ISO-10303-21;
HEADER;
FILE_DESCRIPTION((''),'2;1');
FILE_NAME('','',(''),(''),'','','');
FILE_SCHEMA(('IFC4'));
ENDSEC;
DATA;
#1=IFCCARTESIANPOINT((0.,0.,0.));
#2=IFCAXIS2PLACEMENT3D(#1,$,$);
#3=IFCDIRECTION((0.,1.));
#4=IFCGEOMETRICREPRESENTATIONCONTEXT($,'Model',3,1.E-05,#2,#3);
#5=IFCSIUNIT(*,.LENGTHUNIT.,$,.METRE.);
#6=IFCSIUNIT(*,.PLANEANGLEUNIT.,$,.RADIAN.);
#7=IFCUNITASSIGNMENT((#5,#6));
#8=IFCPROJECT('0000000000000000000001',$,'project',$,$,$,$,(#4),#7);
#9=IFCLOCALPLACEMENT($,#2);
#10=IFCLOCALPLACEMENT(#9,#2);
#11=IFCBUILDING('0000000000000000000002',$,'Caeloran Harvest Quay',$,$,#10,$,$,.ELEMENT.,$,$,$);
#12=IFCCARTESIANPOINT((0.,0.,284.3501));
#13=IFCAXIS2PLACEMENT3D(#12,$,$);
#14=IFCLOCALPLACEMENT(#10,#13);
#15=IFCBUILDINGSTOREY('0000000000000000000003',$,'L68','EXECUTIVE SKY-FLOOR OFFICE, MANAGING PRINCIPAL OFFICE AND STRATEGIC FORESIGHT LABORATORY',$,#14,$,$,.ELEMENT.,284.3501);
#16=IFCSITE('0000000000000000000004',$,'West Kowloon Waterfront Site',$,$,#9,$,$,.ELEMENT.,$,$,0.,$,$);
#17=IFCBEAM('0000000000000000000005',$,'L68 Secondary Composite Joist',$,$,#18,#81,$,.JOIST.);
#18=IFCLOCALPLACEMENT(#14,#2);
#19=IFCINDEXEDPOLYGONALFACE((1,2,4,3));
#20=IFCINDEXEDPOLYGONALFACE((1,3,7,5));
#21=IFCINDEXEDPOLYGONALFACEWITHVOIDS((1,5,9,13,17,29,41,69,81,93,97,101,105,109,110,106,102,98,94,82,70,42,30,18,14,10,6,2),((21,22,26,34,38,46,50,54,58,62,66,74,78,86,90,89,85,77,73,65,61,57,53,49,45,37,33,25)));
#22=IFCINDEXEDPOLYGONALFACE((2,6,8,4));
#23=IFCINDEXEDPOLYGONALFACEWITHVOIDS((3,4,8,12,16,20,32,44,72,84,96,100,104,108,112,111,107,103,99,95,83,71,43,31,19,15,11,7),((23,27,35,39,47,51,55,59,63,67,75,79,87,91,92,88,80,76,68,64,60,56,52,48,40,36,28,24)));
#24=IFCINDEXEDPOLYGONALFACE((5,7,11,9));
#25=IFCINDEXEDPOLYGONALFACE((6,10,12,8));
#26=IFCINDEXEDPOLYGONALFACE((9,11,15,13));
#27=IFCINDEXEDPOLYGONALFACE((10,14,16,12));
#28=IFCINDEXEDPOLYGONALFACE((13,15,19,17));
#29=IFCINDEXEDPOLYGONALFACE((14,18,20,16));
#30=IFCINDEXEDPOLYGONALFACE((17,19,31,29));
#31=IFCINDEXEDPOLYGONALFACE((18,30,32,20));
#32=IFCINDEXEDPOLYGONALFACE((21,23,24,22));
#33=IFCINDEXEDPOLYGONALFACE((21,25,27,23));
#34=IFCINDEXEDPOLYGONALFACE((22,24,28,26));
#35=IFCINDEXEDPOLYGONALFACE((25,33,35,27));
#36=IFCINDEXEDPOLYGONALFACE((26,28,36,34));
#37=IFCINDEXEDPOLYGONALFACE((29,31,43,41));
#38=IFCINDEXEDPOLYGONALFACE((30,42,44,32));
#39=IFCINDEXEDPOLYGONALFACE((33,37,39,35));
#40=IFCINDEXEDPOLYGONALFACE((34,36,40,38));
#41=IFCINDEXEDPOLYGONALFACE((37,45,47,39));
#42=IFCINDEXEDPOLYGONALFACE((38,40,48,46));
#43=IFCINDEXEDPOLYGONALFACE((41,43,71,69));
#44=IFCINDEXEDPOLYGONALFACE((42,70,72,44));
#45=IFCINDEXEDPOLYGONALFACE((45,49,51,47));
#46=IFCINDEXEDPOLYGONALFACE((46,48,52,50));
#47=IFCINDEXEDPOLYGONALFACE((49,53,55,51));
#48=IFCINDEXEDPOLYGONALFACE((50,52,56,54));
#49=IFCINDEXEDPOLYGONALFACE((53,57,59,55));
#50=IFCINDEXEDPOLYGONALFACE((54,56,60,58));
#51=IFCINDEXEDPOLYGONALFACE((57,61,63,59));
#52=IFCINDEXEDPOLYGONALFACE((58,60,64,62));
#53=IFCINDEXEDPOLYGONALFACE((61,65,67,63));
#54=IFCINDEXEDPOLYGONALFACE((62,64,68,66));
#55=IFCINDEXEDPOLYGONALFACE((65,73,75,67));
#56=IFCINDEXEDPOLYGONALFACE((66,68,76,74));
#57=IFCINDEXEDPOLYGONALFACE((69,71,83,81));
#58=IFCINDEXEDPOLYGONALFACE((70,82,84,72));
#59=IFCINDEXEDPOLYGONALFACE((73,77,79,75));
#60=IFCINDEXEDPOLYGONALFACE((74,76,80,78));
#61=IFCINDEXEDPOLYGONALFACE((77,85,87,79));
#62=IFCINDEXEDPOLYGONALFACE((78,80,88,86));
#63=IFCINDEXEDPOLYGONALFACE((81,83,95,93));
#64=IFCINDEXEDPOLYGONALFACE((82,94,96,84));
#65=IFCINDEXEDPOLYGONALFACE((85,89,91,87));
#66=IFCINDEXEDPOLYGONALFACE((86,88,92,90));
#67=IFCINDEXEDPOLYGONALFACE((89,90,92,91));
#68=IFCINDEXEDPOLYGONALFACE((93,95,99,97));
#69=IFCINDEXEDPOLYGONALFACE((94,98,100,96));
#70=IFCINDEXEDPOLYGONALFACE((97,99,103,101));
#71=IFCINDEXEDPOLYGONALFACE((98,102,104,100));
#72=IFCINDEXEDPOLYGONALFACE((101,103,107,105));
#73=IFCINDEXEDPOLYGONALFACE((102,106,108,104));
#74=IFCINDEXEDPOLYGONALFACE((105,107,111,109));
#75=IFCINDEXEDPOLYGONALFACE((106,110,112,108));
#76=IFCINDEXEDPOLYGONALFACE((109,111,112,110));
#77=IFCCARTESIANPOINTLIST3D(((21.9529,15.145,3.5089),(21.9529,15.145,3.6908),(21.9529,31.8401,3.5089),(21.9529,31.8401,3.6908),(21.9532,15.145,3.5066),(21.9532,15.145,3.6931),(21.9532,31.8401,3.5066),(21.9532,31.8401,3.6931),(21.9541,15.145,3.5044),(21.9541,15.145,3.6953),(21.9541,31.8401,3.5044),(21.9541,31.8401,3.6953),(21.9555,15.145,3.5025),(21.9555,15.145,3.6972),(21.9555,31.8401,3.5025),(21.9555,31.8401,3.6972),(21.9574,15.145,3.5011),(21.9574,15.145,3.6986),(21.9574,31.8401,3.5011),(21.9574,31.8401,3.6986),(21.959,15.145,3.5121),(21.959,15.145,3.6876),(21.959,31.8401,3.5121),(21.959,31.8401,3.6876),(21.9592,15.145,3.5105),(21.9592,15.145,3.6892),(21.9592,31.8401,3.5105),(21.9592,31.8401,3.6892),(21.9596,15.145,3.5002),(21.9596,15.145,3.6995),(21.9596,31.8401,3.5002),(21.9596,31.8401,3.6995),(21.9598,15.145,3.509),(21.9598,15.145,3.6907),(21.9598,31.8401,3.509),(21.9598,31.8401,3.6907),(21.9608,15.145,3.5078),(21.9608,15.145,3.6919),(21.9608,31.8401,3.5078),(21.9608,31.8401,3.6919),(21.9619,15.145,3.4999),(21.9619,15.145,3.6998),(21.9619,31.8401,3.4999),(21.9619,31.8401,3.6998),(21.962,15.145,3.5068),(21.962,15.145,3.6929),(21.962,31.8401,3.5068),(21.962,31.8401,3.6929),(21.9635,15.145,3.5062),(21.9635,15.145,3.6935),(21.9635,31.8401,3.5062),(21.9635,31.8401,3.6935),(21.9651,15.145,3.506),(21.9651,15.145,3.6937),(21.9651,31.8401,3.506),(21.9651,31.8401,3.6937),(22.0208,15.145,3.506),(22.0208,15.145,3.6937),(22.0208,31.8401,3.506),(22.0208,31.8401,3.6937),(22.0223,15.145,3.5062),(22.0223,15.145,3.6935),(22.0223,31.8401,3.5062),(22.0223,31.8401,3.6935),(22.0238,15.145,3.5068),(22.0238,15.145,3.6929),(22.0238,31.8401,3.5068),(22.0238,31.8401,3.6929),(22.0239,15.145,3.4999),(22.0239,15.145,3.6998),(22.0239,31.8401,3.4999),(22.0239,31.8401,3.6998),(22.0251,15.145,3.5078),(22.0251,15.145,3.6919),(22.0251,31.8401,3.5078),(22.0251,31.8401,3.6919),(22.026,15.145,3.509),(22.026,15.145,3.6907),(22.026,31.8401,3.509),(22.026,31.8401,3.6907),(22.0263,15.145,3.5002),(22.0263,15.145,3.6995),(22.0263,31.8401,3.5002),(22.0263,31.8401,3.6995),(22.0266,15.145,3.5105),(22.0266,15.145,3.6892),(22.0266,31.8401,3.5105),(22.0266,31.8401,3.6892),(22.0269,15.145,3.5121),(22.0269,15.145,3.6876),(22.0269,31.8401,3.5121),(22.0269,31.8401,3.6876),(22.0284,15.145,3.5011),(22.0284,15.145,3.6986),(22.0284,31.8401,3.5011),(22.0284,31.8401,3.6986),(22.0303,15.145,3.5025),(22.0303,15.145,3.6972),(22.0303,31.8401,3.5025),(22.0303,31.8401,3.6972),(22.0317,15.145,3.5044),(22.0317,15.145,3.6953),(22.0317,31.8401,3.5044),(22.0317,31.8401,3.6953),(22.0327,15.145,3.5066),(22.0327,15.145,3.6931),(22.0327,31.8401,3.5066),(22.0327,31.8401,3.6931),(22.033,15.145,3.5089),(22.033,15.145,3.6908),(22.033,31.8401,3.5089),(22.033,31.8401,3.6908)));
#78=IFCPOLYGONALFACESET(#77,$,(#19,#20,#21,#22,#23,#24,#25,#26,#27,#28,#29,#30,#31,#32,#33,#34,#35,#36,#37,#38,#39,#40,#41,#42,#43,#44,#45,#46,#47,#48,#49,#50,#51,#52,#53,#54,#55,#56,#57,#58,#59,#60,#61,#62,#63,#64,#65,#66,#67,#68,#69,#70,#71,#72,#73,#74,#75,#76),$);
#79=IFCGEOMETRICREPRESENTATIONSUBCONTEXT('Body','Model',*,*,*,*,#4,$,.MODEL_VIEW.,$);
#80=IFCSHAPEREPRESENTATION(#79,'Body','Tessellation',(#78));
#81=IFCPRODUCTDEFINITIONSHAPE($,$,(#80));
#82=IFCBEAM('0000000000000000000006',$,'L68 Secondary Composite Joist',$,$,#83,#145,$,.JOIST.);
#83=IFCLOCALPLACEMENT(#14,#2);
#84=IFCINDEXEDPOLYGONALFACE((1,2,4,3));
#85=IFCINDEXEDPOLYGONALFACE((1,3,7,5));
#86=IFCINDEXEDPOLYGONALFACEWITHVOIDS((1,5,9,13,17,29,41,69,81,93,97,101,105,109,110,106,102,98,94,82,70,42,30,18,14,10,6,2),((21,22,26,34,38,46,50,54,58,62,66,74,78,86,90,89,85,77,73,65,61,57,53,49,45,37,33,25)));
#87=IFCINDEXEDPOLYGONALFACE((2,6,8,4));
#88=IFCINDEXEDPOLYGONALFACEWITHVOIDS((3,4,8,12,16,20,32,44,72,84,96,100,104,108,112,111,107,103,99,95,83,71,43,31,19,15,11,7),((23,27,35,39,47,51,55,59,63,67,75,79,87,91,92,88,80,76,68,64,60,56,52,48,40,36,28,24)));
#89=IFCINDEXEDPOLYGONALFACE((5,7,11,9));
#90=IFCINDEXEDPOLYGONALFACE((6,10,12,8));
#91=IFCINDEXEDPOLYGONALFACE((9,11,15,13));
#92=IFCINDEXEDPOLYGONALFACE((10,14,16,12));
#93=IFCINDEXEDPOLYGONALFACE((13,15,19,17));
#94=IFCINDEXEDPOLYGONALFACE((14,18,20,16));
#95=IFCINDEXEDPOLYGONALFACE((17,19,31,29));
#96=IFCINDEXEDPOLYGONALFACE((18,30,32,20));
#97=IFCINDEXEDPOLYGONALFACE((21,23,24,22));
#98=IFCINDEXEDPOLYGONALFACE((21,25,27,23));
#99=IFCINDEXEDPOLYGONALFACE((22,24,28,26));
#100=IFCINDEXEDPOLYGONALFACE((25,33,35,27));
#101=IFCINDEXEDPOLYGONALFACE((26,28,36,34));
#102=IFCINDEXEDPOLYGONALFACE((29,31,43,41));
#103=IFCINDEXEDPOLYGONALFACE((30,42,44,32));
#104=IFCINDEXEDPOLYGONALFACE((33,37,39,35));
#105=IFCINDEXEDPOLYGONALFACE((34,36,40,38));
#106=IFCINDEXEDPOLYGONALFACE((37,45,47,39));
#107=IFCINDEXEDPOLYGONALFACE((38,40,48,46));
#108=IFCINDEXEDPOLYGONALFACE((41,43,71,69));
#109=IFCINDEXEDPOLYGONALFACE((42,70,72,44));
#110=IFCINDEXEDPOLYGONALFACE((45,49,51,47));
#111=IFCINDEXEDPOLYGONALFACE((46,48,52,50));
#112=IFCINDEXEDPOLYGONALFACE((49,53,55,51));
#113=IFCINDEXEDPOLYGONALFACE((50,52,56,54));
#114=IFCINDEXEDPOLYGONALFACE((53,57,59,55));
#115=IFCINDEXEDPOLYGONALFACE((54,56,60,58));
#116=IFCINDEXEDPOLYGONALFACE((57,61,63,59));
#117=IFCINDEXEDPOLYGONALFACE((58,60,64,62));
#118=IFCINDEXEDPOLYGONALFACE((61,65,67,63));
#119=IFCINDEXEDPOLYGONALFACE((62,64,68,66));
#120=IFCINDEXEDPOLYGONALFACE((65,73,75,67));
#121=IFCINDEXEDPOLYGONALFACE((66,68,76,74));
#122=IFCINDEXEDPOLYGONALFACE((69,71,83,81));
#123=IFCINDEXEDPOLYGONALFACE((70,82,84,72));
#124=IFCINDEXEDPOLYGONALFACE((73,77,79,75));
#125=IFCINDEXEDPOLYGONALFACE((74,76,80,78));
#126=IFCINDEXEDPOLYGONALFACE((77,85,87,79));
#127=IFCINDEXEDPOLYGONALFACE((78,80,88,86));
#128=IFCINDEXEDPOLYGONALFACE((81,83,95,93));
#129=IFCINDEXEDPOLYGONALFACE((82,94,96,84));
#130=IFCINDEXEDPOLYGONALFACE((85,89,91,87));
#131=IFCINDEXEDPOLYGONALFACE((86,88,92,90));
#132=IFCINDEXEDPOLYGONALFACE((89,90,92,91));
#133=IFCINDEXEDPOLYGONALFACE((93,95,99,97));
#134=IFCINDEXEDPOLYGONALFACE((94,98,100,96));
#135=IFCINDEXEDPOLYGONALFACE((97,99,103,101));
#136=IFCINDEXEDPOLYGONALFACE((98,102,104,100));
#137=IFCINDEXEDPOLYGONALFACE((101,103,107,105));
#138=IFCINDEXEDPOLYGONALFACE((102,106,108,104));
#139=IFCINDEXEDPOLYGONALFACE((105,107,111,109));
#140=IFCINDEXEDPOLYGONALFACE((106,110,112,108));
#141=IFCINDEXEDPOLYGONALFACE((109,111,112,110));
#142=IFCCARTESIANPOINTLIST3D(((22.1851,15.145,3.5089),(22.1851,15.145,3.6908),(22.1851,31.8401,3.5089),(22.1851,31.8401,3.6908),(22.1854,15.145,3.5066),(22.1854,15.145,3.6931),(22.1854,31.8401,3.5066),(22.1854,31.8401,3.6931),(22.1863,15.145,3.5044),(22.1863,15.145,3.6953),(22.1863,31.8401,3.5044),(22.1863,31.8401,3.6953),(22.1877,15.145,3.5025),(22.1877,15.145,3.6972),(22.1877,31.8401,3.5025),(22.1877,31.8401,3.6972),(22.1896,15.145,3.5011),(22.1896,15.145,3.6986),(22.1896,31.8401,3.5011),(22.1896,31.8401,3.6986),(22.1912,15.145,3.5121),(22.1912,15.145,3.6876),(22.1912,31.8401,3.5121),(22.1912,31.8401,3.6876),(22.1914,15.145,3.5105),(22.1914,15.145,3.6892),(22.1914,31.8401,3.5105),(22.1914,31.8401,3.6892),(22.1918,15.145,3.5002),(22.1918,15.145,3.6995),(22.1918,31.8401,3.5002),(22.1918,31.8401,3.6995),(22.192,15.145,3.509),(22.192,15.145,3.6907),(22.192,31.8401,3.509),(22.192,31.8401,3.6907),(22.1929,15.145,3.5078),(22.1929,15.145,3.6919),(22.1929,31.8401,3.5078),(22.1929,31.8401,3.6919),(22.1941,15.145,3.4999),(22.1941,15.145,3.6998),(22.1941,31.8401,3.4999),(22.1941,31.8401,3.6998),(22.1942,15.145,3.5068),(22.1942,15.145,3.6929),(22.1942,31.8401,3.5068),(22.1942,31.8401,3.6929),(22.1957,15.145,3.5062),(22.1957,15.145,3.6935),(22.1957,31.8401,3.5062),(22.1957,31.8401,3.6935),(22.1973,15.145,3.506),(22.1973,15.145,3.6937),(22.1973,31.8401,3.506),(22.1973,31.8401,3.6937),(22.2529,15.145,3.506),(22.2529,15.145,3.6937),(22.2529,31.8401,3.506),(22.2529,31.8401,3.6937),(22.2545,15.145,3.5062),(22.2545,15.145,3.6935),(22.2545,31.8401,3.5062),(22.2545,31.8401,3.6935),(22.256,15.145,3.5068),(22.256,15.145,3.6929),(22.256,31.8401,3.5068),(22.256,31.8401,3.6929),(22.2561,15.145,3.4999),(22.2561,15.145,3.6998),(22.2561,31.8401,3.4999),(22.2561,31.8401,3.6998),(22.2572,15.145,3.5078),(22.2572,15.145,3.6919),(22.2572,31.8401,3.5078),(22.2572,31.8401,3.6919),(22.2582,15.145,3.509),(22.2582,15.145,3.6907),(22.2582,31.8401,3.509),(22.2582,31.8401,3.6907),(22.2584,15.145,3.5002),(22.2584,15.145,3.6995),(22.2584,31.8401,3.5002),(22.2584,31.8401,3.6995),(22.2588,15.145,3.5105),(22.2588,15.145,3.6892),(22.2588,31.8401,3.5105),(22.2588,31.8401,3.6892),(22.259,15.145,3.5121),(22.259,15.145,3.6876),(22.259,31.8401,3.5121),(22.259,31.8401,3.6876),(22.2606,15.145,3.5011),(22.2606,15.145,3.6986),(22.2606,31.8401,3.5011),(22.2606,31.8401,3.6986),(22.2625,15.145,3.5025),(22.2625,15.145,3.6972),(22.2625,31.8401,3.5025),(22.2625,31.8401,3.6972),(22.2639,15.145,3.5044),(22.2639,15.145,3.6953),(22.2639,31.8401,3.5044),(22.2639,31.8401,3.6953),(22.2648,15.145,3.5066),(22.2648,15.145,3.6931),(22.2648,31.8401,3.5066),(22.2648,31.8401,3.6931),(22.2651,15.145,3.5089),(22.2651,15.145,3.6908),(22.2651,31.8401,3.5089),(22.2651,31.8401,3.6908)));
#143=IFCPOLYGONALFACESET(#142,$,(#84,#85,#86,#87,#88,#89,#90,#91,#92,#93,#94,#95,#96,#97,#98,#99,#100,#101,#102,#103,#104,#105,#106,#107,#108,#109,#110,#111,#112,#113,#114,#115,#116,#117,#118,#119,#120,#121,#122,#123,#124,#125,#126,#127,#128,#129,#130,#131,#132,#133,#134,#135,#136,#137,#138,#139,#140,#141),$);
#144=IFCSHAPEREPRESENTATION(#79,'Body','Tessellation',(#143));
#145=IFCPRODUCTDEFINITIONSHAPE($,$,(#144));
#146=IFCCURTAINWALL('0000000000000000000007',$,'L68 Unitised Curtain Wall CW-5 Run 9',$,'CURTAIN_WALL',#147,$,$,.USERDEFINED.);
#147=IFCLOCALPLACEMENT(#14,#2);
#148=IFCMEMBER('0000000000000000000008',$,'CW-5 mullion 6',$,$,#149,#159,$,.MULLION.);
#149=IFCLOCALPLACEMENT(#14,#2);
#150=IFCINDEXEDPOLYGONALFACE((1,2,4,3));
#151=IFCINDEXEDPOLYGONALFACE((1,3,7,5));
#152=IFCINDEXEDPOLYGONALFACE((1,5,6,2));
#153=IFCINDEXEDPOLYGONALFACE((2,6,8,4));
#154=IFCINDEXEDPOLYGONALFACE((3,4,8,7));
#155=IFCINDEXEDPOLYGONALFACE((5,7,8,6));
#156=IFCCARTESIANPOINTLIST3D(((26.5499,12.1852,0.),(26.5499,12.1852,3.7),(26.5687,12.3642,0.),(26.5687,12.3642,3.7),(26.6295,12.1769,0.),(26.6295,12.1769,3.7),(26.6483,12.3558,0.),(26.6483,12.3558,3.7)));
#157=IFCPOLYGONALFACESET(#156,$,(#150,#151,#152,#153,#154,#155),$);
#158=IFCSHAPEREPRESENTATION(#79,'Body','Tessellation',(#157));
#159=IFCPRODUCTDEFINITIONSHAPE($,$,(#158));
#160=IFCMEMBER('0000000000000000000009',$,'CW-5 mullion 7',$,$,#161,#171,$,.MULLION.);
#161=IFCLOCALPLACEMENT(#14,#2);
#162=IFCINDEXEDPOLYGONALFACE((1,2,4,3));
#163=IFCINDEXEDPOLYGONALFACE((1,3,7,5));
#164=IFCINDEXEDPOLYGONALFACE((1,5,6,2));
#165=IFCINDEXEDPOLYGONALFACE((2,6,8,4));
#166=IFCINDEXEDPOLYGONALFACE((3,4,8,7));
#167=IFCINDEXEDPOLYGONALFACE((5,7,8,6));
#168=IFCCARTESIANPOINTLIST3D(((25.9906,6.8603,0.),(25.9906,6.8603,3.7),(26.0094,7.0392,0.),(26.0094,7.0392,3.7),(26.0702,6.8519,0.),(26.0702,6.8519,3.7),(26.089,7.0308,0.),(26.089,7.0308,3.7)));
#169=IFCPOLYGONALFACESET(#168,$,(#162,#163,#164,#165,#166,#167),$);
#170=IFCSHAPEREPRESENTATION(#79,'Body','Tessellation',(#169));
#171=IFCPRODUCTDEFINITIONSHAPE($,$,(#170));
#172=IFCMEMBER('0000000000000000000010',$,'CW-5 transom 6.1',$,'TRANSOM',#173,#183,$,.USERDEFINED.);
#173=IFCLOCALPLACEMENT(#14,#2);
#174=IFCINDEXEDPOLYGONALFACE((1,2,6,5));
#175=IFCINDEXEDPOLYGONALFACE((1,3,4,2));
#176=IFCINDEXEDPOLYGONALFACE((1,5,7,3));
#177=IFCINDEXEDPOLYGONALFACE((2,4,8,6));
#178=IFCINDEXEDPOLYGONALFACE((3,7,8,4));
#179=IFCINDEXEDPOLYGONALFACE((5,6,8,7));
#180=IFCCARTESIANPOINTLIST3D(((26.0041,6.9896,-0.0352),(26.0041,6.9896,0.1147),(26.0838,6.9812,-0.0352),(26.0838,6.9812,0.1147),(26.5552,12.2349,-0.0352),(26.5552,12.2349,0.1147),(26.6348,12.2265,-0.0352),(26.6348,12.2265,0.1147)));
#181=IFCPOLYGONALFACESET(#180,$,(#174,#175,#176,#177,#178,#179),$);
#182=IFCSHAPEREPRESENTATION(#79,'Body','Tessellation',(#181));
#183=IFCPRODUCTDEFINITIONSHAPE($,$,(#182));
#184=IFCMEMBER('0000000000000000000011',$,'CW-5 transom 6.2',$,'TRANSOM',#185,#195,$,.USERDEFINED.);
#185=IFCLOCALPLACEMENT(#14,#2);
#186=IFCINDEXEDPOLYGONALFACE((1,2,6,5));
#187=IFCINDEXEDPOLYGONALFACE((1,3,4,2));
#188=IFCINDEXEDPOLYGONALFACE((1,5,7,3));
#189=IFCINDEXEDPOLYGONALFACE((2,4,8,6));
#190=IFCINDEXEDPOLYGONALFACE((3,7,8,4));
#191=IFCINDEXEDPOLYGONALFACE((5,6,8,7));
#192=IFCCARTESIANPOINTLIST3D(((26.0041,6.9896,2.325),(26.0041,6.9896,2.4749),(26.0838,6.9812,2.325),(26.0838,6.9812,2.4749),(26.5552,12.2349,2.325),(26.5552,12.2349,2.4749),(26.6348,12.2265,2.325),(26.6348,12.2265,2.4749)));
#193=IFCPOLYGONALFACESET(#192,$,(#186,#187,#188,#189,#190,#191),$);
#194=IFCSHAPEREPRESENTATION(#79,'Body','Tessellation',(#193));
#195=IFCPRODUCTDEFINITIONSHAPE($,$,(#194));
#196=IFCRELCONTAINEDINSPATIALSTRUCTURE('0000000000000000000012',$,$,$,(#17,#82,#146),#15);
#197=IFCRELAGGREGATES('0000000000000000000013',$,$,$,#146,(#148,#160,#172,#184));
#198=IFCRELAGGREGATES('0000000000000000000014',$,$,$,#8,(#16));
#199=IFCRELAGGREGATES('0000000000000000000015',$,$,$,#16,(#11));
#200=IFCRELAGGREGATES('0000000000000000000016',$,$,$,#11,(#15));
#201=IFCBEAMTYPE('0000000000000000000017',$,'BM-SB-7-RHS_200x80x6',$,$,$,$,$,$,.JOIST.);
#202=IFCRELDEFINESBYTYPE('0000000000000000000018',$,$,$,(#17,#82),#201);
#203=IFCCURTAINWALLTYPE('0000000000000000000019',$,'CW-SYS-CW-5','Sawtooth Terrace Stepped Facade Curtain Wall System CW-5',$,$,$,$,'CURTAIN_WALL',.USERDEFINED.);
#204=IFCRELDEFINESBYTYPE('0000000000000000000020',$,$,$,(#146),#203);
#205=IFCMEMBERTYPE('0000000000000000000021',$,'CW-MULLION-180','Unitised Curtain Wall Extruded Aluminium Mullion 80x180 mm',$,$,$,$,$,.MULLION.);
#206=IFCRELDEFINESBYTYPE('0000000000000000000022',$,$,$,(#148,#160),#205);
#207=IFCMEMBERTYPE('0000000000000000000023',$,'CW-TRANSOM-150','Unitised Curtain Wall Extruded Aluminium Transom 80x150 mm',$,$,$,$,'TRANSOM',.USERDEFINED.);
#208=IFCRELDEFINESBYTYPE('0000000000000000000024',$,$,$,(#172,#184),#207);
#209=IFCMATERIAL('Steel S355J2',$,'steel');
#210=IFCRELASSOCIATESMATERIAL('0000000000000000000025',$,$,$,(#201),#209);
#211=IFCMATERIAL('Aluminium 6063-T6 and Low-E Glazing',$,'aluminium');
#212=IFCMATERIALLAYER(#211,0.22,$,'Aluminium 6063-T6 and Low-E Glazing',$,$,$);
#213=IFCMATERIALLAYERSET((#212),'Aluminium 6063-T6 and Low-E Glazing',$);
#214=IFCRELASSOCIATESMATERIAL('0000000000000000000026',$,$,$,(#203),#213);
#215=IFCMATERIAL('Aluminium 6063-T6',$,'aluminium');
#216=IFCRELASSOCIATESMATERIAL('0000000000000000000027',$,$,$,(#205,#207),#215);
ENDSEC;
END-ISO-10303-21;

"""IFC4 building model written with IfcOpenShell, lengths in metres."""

from ifc_helpers import new_model, si_unit, direction, frame, origin, origin_2d, place, context, subcontext, project, spatial, rectangle, hollow_rectangle, extrude, material, layer, layer_set, material_profile, profile_set, type_object, element, aggregate, save


model = new_model("IFC4")

# Units and contexts
model_context = context("Model", 3, precision=1e-05, world=origin(), true_north=direction((0.0, 1.0)))
body_context = subcontext(model_context, "Body", "Model", "MODEL_VIEW")
ifc_project = project(units=[si_unit("LENGTHUNIT", "METRE"), si_unit("PLANEANGLEUNIT", "RADIAN")], contexts=[model_context])

# Site, building, storey
site_placement = place(None, origin())
site = spatial("IfcSite", under=ifc_project, at=site_placement, Name="West Kowloon Waterfront Site", CompositionType="ELEMENT", RefElevation=0.0)
building_placement = place(site_placement, origin())
building = spatial("IfcBuilding", under=site, at=building_placement, Name="Caeloran Harvest Quay", CompositionType="ELEMENT")
storey_placement = place(building_placement, frame((0.0, 0.0, 284.3501)))
storey = spatial("IfcBuildingStorey", under=building, at=storey_placement, Name="L68", Description="EXECUTIVE SKY-FLOOR OFFICE, MANAGING PRINCIPAL OFFICE AND STRATEGIC FORESIGHT LABORATORY", CompositionType="ELEMENT", Elevation=284.3501)

# Shared definitions
ifc_material_1 = material(Name="Steel S355J2", Category="steel")

# Beams
ifc_material_profile_1 = material_profile(ifc_material_1, hollow_rectangle(XDim=0.0801, YDim=0.2, WallThickness=0.0061, InnerFilletRadius=0.0061, OuterFilletRadius=0.009, at=origin_2d()), Name="RHS 200x80x6")
ifc_profile_set_1 = profile_set([ifc_material_profile_1], Name="Steel S355J2")
beam_type_1 = type_object("IfcBeamType", Name="BM-SB-7-RHS_200x80x6", PredefinedType="JOIST", material=ifc_profile_set_1)
for number, where, z_axis, x_axis, name in (
    (1, (21.9929, 15.145, 3.5999), (0.0, 1.0, 0.0), (-1.0, 0.0, 0.0), "L68 Secondary Composite Joist"),
    (2, (22.2251, 15.145, 3.5999), (0.0, 1.0, 0.0), (-1.0, 0.0, 0.0), "L68 Secondary Composite Joist"),
):
    element("IfcBeam", number, at=place(storey_placement, frame(where, z_axis=z_axis, x_axis=x_axis)), inside=storey, type_object=beam_type_1, Name=name, PredefinedType="JOIST", context=body_context, shape_type="SweptSolid", body=[
        extrude(hollow_rectangle(XDim=0.0801, YDim=0.2, WallThickness=0.0061, InnerFilletRadius=0.0061, OuterFilletRadius=0.009, at=origin_2d()), origin(), (0.0, 0.0, 1.0), 16.6951),
    ])

# Curtain wall, members
ifc_material_2 = material(Name="Aluminium 6063-T6 and Low-E Glazing", Category="aluminium")
ifc_layer_1 = layer(ifc_material_2, 0.22, Name="Aluminium 6063-T6 and Low-E Glazing")
ifc_layer_set_1 = layer_set([ifc_layer_1], Name="Aluminium 6063-T6 and Low-E Glazing")
curtain_wall_type = type_object("IfcCurtainWallType", Name="CW-SYS-CW-5", Description="Sawtooth Terrace Stepped Facade Curtain Wall System CW-5", ElementType="CURTAIN_WALL", PredefinedType="USERDEFINED", material=ifc_layer_set_1)
curtain_wall_placement = place(storey_placement, origin())
curtain_wall = element("IfcCurtainWall", 3, at=curtain_wall_placement, inside=storey, type_object=curtain_wall_type, Name="L68 Unitised Curtain Wall CW-5 Run 9", ObjectType="CURTAIN_WALL", PredefinedType="USERDEFINED")
ifc_material_3 = material(Name="Aluminium 6063-T6", Category="aluminium")
ifc_material_profile_2 = material_profile(ifc_material_3, rectangle(XDim=0.0801, YDim=0.1799, at=origin_2d()), Name="CW-MULLION-180")
ifc_profile_set_2 = profile_set([ifc_material_profile_2], Name="Aluminium 6063-T6")
member_type_1 = type_object("IfcMemberType", Name="CW-MULLION-180", Description="Unitised Curtain Wall Extruded Aluminium Mullion 80x180 mm", PredefinedType="MULLION", material=ifc_profile_set_2)
member_1_placement = place(storey_placement, frame((26.5991, 12.2705, 0.0), z_axis=(0.0, 0.0, 1.0), x_axis=(0.994529, -0.10446, 0.0)))
member_1 = element("IfcMember", 4, at=member_1_placement, type_object=member_type_1, Name="CW-5 mullion 6", PredefinedType="MULLION", context=body_context, shape_type="SweptSolid", body=[
    extrude(rectangle(XDim=0.0801, YDim=0.1799, at=origin_2d()), origin(), (0.0, 0.0, 1.0), 3.7),
])
member_2_placement = place(storey_placement, frame((26.0398, 6.9456, 0.0), z_axis=(0.0, 0.0, 1.0), x_axis=(0.994529, -0.10446, 0.0)))
member_2 = element("IfcMember", 5, at=member_2_placement, type_object=member_type_1, Name="CW-5 mullion 7", PredefinedType="MULLION", context=body_context, shape_type="SweptSolid", body=[
    extrude(rectangle(XDim=0.0801, YDim=0.1799, at=origin_2d()), origin(), (0.0, 0.0, 1.0), 3.7),
])
ifc_material_profile_3 = material_profile(ifc_material_3, rectangle(XDim=0.0801, YDim=0.1499, at=origin_2d()), Name="CW-TRANSOM-150")
ifc_profile_set_3 = profile_set([ifc_material_profile_3], Name="Aluminium 6063-T6")
member_type_2 = type_object("IfcMemberType", Name="CW-TRANSOM-150", Description="Unitised Curtain Wall Extruded Aluminium Transom 80x150 mm", ElementType="TRANSOM", PredefinedType="USERDEFINED", material=ifc_profile_set_3)
member_3_placement = place(storey_placement, frame((26.595, 12.2307, 0.0398), z_axis=(-0.104475, -0.994527, 0.0), x_axis=(0.994527, -0.104475, 0.0)))
member_3 = element("IfcMember", 6, at=member_3_placement, type_object=member_type_2, Name="CW-5 transom 6.1", ObjectType="TRANSOM", PredefinedType="USERDEFINED", context=body_context, shape_type="SweptSolid", body=[
    extrude(rectangle(XDim=0.0801, YDim=0.1499, at=origin_2d()), origin(), (0.0, 0.0, 1.0), 5.2742),
])
member_4_placement = place(storey_placement, frame((26.595, 12.2307, 2.3999), z_axis=(-0.104475, -0.994527, 0.0), x_axis=(0.994527, -0.104475, 0.0)))
member_4 = element("IfcMember", 7, at=member_4_placement, type_object=member_type_2, Name="CW-5 transom 6.2", ObjectType="TRANSOM", PredefinedType="USERDEFINED", context=body_context, shape_type="SweptSolid", body=[
    extrude(rectangle(XDim=0.0801, YDim=0.1499, at=origin_2d()), origin(), (0.0, 0.0, 1.0), 5.2742),
])
aggregate(curtain_wall, [member_1, member_2, member_3, member_4])

save(model, "model.ifc")
